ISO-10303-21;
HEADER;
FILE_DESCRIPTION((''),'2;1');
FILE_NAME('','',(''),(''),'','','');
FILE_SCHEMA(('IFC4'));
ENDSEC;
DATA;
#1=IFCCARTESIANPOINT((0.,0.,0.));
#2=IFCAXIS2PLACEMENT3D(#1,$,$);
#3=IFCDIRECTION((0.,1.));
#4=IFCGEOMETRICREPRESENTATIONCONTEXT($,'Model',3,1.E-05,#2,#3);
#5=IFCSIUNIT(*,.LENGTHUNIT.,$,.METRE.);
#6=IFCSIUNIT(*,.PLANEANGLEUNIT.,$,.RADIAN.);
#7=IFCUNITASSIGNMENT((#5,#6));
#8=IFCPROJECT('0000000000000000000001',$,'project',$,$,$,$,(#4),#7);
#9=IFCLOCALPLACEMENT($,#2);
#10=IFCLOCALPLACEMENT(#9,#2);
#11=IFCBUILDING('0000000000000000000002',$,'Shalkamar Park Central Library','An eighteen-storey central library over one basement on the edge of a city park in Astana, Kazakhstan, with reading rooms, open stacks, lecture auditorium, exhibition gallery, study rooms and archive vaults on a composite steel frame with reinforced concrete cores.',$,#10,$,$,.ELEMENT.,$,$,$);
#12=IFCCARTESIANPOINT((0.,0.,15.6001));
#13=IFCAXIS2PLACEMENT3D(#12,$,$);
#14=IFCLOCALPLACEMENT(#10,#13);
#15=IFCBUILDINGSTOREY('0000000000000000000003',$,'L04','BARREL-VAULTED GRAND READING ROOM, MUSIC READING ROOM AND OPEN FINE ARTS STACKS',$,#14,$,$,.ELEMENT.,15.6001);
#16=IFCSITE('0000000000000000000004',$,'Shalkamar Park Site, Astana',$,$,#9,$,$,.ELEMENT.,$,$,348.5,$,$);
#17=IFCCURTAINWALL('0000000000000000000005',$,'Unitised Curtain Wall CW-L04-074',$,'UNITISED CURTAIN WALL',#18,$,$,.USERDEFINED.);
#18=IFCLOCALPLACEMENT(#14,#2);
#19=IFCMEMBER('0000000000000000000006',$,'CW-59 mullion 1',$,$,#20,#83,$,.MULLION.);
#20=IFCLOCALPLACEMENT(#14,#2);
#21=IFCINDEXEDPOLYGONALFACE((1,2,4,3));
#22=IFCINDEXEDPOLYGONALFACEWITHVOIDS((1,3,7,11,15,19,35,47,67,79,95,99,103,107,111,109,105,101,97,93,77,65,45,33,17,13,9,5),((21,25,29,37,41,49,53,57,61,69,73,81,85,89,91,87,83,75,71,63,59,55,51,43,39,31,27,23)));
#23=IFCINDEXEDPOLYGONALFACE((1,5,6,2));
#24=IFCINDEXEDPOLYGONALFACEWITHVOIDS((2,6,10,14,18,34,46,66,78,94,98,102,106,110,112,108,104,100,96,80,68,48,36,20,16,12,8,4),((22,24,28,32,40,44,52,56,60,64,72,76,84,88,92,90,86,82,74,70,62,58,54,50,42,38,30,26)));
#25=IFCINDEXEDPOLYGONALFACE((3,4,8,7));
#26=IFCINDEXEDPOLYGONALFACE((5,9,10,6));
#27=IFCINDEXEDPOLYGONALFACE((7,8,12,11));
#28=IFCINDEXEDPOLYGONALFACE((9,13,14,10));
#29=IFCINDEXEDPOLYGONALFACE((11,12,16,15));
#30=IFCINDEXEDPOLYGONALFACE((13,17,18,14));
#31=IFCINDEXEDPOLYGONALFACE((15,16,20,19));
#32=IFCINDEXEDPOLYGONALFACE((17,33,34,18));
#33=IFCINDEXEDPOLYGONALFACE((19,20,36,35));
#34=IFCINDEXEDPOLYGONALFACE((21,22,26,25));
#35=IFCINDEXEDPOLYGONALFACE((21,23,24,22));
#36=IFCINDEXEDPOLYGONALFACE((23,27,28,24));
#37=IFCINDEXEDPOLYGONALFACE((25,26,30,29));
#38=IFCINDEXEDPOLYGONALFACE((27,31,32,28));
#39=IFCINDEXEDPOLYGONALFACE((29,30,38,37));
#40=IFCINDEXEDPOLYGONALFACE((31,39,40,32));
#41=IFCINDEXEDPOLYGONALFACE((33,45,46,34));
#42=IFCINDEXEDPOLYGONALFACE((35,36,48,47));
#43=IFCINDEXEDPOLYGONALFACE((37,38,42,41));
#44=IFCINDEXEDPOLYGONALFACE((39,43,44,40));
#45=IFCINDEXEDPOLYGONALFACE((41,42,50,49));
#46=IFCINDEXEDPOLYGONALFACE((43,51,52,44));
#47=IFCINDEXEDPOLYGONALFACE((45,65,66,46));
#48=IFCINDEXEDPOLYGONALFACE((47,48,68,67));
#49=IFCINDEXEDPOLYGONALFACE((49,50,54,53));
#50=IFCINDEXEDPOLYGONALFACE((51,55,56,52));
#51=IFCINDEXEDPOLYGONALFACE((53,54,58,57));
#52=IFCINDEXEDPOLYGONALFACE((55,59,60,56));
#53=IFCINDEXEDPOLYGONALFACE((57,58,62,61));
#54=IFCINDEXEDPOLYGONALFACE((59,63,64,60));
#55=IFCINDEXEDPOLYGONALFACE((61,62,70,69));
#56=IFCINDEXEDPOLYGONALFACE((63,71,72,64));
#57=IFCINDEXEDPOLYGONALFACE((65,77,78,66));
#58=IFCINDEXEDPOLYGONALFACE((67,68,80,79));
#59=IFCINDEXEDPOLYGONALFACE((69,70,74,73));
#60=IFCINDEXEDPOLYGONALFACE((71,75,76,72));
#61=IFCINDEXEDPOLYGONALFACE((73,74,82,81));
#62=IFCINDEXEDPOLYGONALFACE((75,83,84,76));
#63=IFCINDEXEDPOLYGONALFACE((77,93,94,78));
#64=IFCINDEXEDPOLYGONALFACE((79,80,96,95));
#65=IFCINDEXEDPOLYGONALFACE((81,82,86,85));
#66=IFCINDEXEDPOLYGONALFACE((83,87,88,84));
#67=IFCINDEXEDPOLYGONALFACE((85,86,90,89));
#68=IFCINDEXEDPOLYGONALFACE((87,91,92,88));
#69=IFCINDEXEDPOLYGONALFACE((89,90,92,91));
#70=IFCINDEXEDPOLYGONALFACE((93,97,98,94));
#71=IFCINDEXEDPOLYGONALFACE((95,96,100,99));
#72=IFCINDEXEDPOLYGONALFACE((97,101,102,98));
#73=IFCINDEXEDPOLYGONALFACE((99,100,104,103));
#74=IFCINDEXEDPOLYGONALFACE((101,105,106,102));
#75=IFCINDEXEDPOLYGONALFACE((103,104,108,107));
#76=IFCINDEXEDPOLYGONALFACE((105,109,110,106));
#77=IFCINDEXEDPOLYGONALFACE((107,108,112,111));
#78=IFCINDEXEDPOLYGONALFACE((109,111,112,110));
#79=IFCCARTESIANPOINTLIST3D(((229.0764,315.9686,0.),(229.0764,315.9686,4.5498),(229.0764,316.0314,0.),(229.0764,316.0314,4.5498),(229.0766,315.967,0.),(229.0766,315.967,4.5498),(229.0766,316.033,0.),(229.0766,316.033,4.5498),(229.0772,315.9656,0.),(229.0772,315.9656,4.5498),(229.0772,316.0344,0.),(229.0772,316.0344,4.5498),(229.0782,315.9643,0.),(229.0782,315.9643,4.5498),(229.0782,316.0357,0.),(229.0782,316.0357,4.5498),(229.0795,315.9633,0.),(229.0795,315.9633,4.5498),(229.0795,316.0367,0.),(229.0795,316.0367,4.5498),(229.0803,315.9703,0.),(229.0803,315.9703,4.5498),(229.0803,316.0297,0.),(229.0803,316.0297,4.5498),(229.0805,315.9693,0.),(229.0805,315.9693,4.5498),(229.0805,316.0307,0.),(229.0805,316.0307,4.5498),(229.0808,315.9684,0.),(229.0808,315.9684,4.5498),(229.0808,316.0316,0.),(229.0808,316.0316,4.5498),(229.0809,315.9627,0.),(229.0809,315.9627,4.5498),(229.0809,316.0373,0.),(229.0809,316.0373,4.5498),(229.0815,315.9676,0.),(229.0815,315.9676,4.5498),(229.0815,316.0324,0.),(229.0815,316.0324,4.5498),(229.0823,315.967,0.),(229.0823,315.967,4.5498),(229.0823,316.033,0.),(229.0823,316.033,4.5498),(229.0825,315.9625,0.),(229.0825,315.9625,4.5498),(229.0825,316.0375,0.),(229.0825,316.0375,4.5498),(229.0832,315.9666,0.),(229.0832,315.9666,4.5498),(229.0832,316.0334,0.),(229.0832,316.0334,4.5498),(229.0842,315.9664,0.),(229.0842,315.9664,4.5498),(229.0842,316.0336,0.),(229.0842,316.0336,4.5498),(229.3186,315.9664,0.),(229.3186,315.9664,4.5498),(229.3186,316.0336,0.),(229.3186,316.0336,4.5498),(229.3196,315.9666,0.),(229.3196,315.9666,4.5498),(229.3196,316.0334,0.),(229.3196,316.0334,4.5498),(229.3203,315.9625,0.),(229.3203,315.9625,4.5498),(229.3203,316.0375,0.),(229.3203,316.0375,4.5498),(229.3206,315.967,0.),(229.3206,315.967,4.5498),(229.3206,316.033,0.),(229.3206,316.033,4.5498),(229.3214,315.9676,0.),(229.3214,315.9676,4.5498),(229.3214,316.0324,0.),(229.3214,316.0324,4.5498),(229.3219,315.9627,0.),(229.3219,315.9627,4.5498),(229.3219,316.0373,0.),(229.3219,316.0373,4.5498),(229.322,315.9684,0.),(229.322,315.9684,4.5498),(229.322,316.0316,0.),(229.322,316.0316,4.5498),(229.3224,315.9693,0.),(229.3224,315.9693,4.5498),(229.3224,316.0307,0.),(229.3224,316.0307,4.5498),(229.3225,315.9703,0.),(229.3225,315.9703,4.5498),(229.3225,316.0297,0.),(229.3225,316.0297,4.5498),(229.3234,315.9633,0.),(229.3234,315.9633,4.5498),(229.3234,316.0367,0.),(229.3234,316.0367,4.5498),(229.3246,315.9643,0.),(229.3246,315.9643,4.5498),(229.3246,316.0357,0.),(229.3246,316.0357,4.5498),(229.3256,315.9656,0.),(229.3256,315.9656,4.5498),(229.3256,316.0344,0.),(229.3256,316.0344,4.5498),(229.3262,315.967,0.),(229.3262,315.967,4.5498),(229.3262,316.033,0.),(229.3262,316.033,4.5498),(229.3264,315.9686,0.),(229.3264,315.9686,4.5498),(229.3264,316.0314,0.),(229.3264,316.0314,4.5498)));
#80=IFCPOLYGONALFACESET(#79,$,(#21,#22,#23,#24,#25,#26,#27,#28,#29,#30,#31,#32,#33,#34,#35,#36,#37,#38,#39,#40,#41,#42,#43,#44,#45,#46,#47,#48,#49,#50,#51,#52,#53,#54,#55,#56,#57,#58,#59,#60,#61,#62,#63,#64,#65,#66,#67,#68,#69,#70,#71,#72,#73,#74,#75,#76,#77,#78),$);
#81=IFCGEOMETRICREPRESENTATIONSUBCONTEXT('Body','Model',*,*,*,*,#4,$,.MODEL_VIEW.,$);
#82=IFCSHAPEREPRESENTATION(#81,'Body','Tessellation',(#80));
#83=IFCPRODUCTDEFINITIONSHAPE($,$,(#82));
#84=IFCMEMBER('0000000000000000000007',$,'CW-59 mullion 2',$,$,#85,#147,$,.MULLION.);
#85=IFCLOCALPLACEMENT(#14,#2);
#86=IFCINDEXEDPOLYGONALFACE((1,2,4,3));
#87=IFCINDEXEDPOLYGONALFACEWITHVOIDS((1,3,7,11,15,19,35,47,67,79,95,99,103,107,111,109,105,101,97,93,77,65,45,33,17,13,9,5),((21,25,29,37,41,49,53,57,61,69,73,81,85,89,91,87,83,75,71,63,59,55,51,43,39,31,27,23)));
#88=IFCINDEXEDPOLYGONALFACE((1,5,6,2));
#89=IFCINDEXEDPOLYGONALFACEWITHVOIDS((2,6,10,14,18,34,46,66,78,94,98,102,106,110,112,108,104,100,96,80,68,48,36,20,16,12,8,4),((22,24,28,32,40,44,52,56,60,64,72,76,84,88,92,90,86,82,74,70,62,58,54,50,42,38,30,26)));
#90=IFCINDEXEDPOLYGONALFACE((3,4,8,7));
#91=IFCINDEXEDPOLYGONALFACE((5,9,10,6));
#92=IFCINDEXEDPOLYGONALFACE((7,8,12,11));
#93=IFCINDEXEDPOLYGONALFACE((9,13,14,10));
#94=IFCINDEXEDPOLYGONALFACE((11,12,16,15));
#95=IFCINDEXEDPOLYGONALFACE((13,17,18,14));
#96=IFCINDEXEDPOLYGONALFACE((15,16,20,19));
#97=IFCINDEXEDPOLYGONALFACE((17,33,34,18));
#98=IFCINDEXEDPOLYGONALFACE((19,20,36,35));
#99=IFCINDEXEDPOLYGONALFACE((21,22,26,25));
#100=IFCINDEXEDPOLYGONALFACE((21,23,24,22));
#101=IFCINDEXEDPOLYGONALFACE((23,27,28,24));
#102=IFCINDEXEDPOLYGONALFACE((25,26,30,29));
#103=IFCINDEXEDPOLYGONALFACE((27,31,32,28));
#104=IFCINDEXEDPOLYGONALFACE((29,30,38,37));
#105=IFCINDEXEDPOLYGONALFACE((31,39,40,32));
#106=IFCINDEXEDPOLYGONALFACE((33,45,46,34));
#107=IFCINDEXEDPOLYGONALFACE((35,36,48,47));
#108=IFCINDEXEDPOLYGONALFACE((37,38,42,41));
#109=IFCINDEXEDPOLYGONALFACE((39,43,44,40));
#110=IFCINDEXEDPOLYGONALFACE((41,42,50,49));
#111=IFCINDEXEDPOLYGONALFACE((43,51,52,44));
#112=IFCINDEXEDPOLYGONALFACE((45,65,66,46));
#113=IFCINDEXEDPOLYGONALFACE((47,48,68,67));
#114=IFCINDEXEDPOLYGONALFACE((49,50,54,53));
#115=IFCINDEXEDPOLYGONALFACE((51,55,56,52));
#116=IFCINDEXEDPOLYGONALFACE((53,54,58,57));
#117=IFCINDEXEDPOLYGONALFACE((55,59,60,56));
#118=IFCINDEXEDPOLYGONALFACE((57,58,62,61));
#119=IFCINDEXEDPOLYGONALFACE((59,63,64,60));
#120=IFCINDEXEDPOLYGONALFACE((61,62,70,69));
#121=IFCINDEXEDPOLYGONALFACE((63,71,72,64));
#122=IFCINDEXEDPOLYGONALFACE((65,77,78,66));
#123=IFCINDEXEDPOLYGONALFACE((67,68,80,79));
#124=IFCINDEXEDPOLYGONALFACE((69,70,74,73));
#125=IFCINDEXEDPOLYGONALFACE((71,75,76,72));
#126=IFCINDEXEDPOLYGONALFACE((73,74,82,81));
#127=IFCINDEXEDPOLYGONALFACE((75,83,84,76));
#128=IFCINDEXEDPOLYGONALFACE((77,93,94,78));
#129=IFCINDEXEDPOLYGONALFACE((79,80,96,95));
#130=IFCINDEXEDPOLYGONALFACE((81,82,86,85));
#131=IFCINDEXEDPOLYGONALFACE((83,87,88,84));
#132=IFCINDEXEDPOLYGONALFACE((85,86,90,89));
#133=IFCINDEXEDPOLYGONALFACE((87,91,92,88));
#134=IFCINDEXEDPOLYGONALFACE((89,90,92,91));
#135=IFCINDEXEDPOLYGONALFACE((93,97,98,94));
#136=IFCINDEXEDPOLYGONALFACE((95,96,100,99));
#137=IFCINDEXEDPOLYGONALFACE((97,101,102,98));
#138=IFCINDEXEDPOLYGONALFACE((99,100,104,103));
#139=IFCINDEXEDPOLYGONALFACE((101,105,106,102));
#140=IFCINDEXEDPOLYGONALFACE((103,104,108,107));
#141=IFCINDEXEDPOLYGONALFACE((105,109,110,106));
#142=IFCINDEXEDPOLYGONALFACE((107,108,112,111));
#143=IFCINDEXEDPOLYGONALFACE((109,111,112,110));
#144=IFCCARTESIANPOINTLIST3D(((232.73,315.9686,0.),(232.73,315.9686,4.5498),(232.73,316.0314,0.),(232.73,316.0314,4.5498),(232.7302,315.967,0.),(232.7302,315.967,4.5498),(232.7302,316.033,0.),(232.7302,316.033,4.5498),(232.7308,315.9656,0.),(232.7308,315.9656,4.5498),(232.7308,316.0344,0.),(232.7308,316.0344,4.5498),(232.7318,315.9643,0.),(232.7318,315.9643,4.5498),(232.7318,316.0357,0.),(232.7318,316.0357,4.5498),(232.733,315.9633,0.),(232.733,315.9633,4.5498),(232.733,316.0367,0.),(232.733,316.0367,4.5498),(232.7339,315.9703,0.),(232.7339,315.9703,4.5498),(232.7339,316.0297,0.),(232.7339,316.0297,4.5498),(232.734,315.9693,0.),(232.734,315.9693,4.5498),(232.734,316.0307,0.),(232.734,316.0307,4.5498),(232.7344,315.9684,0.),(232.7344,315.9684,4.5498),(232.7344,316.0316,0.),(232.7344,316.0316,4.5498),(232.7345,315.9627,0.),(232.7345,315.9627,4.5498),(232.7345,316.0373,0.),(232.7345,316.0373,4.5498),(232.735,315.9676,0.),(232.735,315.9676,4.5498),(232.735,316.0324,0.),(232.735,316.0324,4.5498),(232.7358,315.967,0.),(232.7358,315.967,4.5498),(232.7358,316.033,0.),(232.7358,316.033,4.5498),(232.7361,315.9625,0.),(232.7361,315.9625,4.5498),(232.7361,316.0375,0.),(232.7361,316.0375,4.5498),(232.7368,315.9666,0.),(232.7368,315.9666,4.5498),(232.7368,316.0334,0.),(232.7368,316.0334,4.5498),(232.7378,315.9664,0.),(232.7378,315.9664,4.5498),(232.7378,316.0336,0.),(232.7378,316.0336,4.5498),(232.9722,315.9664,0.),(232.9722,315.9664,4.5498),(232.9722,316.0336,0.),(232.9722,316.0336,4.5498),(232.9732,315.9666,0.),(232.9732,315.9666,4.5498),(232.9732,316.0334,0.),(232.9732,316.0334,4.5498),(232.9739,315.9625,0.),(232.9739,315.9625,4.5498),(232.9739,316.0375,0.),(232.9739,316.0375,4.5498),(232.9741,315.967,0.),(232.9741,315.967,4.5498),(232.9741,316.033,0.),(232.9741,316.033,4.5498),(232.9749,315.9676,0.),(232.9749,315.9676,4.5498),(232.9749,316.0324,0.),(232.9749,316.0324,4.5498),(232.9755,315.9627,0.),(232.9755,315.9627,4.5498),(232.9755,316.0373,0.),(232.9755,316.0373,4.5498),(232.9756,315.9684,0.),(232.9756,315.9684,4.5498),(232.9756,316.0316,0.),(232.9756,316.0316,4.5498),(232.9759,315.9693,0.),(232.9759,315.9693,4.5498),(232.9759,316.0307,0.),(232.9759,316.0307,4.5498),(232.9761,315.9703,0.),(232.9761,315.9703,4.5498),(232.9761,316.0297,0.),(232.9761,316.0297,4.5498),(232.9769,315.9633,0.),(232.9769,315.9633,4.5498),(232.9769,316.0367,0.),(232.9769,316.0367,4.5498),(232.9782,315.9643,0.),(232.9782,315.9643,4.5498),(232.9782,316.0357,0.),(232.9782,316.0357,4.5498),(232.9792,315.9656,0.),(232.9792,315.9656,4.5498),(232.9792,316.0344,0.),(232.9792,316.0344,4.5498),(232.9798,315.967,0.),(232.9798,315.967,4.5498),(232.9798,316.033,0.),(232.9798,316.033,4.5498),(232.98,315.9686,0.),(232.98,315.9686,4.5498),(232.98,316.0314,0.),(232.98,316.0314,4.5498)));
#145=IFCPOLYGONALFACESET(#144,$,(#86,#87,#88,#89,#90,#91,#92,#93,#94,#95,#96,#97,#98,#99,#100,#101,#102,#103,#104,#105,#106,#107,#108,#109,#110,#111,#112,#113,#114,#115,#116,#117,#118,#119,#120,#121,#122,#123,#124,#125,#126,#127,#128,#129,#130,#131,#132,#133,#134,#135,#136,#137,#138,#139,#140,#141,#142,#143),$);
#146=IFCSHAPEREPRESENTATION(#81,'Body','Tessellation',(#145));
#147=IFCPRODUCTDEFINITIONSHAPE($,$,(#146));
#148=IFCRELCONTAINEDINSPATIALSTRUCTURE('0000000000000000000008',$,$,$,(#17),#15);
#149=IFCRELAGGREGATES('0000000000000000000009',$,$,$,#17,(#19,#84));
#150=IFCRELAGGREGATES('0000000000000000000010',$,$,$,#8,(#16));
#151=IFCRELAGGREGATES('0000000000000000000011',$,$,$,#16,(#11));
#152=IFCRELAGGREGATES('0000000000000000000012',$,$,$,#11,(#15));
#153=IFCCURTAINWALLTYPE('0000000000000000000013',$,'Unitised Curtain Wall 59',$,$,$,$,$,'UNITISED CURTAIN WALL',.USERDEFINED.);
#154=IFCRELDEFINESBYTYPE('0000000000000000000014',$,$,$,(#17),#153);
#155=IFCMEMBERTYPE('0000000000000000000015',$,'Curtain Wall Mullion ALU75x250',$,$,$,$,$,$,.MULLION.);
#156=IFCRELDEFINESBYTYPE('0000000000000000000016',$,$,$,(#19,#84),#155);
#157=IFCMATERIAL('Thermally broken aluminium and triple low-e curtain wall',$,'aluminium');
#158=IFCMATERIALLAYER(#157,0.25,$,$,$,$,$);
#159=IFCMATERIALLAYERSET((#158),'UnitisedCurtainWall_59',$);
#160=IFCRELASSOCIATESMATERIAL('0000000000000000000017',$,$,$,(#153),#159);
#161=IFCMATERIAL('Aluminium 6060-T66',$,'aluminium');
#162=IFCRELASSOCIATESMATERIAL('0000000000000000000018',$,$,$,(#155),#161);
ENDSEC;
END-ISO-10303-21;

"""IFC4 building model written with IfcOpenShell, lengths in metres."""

from ifc_helpers import new_model, si_unit, direction, frame, origin, origin_2d, place, context, subcontext, project, spatial, hollow_rectangle, extrude, material, layer, layer_set, material_profile, profile_set, type_object, element, aggregate, save


model = new_model("IFC4")

# Units and contexts
model_context = context("Model", 3, precision=1e-05, world=origin(), true_north=direction((0.0, 1.0)))
body_context = subcontext(model_context, "Body", "Model", "MODEL_VIEW")
ifc_project = project(units=[si_unit("LENGTHUNIT", "METRE"), si_unit("PLANEANGLEUNIT", "RADIAN")], contexts=[model_context])

# Site, building, storey
site_placement = place(None, origin())
site = spatial("IfcSite", under=ifc_project, at=site_placement, Name="Shalkamar Park Site, Astana", CompositionType="ELEMENT", RefElevation=348.5)
building_placement = place(site_placement, origin())
building = spatial("IfcBuilding", under=site, at=building_placement, Name="Shalkamar Park Central Library", Description="An eighteen-storey central library over one basement on the edge of a city park in Astana, Kazakhstan, with reading rooms, open stacks, lecture auditorium, exhibition gallery, study rooms and archive vaults on a composite steel frame with reinforced concrete cores.", CompositionType="ELEMENT")
storey_placement = place(building_placement, frame((0.0, 0.0, 15.6001)))
storey = spatial("IfcBuildingStorey", under=building, at=storey_placement, Name="L04", Description="BARREL-VAULTED GRAND READING ROOM, MUSIC READING ROOM AND OPEN FINE ARTS STACKS", CompositionType="ELEMENT", Elevation=15.6001)

# Curtain wall, members
ifc_material_1 = material(Name="Thermally broken aluminium and triple low-e curtain wall", Category="aluminium")
ifc_layer_1 = layer(ifc_material_1, 0.25)
ifc_layer_set_1 = layer_set([ifc_layer_1], Name="UnitisedCurtainWall_59")
curtain_wall_type_1 = type_object("IfcCurtainWallType", Name="Unitised Curtain Wall 59", ElementType="UNITISED CURTAIN WALL", PredefinedType="USERDEFINED", material=ifc_layer_set_1)
curtain_wall_1_placement = place(storey_placement, origin())
curtain_wall_1 = element("IfcCurtainWall", 1, at=curtain_wall_1_placement, inside=storey, type_object=curtain_wall_type_1, Name="Unitised Curtain Wall CW-L04-074", ObjectType="UNITISED CURTAIN WALL", PredefinedType="USERDEFINED")
ifc_material_2 = material(Name="Aluminium 6060-T66", Category="aluminium")
ifc_material_profile_1 = material_profile(ifc_material_2, hollow_rectangle(XDim=0.075, YDim=0.25, WallThickness=0.0039, InnerFilletRadius=0.0039, OuterFilletRadius=0.0061, at=origin_2d()), Name="ALU 75x250x4")
ifc_profile_set_1 = profile_set([ifc_material_profile_1], Name="Aluminium 6060-T66")
member_type_1 = type_object("IfcMemberType", Name="Curtain Wall Mullion ALU75x250", PredefinedType="MULLION", material=ifc_profile_set_1)
member_1_placement = place(storey_placement, frame((229.2014, 316.0, 0.0), z_axis=(0.0, 0.0, 1.0), x_axis=(0.0, 1.0, 0.0)))
member_1 = element("IfcMember", 2, at=member_1_placement, type_object=member_type_1, Name="CW-59 mullion 1", PredefinedType="MULLION", context=body_context, shape_type="SweptSolid", body=[
    extrude(hollow_rectangle(XDim=0.075, YDim=0.25, WallThickness=0.0039, InnerFilletRadius=0.0039, OuterFilletRadius=0.0061, at=origin_2d()), origin(), (0.0, 0.0, 1.0), 4.5498),
])
member_2_placement = place(storey_placement, frame((232.855, 316.0, 0.0), z_axis=(0.0, 0.0, 1.0), x_axis=(0.0, 1.0, 0.0)))
member_2 = element("IfcMember", 3, at=member_2_placement, type_object=member_type_1, Name="CW-59 mullion 2", PredefinedType="MULLION", context=body_context, shape_type="SweptSolid", body=[
    extrude(hollow_rectangle(XDim=0.075, YDim=0.25, WallThickness=0.0039, InnerFilletRadius=0.0039, OuterFilletRadius=0.0061, at=origin_2d()), origin(), (0.0, 0.0, 1.0), 4.5498),
])

aggregate(curtain_wall_1, [member_1, member_2])

save(model, "model.ifc")
